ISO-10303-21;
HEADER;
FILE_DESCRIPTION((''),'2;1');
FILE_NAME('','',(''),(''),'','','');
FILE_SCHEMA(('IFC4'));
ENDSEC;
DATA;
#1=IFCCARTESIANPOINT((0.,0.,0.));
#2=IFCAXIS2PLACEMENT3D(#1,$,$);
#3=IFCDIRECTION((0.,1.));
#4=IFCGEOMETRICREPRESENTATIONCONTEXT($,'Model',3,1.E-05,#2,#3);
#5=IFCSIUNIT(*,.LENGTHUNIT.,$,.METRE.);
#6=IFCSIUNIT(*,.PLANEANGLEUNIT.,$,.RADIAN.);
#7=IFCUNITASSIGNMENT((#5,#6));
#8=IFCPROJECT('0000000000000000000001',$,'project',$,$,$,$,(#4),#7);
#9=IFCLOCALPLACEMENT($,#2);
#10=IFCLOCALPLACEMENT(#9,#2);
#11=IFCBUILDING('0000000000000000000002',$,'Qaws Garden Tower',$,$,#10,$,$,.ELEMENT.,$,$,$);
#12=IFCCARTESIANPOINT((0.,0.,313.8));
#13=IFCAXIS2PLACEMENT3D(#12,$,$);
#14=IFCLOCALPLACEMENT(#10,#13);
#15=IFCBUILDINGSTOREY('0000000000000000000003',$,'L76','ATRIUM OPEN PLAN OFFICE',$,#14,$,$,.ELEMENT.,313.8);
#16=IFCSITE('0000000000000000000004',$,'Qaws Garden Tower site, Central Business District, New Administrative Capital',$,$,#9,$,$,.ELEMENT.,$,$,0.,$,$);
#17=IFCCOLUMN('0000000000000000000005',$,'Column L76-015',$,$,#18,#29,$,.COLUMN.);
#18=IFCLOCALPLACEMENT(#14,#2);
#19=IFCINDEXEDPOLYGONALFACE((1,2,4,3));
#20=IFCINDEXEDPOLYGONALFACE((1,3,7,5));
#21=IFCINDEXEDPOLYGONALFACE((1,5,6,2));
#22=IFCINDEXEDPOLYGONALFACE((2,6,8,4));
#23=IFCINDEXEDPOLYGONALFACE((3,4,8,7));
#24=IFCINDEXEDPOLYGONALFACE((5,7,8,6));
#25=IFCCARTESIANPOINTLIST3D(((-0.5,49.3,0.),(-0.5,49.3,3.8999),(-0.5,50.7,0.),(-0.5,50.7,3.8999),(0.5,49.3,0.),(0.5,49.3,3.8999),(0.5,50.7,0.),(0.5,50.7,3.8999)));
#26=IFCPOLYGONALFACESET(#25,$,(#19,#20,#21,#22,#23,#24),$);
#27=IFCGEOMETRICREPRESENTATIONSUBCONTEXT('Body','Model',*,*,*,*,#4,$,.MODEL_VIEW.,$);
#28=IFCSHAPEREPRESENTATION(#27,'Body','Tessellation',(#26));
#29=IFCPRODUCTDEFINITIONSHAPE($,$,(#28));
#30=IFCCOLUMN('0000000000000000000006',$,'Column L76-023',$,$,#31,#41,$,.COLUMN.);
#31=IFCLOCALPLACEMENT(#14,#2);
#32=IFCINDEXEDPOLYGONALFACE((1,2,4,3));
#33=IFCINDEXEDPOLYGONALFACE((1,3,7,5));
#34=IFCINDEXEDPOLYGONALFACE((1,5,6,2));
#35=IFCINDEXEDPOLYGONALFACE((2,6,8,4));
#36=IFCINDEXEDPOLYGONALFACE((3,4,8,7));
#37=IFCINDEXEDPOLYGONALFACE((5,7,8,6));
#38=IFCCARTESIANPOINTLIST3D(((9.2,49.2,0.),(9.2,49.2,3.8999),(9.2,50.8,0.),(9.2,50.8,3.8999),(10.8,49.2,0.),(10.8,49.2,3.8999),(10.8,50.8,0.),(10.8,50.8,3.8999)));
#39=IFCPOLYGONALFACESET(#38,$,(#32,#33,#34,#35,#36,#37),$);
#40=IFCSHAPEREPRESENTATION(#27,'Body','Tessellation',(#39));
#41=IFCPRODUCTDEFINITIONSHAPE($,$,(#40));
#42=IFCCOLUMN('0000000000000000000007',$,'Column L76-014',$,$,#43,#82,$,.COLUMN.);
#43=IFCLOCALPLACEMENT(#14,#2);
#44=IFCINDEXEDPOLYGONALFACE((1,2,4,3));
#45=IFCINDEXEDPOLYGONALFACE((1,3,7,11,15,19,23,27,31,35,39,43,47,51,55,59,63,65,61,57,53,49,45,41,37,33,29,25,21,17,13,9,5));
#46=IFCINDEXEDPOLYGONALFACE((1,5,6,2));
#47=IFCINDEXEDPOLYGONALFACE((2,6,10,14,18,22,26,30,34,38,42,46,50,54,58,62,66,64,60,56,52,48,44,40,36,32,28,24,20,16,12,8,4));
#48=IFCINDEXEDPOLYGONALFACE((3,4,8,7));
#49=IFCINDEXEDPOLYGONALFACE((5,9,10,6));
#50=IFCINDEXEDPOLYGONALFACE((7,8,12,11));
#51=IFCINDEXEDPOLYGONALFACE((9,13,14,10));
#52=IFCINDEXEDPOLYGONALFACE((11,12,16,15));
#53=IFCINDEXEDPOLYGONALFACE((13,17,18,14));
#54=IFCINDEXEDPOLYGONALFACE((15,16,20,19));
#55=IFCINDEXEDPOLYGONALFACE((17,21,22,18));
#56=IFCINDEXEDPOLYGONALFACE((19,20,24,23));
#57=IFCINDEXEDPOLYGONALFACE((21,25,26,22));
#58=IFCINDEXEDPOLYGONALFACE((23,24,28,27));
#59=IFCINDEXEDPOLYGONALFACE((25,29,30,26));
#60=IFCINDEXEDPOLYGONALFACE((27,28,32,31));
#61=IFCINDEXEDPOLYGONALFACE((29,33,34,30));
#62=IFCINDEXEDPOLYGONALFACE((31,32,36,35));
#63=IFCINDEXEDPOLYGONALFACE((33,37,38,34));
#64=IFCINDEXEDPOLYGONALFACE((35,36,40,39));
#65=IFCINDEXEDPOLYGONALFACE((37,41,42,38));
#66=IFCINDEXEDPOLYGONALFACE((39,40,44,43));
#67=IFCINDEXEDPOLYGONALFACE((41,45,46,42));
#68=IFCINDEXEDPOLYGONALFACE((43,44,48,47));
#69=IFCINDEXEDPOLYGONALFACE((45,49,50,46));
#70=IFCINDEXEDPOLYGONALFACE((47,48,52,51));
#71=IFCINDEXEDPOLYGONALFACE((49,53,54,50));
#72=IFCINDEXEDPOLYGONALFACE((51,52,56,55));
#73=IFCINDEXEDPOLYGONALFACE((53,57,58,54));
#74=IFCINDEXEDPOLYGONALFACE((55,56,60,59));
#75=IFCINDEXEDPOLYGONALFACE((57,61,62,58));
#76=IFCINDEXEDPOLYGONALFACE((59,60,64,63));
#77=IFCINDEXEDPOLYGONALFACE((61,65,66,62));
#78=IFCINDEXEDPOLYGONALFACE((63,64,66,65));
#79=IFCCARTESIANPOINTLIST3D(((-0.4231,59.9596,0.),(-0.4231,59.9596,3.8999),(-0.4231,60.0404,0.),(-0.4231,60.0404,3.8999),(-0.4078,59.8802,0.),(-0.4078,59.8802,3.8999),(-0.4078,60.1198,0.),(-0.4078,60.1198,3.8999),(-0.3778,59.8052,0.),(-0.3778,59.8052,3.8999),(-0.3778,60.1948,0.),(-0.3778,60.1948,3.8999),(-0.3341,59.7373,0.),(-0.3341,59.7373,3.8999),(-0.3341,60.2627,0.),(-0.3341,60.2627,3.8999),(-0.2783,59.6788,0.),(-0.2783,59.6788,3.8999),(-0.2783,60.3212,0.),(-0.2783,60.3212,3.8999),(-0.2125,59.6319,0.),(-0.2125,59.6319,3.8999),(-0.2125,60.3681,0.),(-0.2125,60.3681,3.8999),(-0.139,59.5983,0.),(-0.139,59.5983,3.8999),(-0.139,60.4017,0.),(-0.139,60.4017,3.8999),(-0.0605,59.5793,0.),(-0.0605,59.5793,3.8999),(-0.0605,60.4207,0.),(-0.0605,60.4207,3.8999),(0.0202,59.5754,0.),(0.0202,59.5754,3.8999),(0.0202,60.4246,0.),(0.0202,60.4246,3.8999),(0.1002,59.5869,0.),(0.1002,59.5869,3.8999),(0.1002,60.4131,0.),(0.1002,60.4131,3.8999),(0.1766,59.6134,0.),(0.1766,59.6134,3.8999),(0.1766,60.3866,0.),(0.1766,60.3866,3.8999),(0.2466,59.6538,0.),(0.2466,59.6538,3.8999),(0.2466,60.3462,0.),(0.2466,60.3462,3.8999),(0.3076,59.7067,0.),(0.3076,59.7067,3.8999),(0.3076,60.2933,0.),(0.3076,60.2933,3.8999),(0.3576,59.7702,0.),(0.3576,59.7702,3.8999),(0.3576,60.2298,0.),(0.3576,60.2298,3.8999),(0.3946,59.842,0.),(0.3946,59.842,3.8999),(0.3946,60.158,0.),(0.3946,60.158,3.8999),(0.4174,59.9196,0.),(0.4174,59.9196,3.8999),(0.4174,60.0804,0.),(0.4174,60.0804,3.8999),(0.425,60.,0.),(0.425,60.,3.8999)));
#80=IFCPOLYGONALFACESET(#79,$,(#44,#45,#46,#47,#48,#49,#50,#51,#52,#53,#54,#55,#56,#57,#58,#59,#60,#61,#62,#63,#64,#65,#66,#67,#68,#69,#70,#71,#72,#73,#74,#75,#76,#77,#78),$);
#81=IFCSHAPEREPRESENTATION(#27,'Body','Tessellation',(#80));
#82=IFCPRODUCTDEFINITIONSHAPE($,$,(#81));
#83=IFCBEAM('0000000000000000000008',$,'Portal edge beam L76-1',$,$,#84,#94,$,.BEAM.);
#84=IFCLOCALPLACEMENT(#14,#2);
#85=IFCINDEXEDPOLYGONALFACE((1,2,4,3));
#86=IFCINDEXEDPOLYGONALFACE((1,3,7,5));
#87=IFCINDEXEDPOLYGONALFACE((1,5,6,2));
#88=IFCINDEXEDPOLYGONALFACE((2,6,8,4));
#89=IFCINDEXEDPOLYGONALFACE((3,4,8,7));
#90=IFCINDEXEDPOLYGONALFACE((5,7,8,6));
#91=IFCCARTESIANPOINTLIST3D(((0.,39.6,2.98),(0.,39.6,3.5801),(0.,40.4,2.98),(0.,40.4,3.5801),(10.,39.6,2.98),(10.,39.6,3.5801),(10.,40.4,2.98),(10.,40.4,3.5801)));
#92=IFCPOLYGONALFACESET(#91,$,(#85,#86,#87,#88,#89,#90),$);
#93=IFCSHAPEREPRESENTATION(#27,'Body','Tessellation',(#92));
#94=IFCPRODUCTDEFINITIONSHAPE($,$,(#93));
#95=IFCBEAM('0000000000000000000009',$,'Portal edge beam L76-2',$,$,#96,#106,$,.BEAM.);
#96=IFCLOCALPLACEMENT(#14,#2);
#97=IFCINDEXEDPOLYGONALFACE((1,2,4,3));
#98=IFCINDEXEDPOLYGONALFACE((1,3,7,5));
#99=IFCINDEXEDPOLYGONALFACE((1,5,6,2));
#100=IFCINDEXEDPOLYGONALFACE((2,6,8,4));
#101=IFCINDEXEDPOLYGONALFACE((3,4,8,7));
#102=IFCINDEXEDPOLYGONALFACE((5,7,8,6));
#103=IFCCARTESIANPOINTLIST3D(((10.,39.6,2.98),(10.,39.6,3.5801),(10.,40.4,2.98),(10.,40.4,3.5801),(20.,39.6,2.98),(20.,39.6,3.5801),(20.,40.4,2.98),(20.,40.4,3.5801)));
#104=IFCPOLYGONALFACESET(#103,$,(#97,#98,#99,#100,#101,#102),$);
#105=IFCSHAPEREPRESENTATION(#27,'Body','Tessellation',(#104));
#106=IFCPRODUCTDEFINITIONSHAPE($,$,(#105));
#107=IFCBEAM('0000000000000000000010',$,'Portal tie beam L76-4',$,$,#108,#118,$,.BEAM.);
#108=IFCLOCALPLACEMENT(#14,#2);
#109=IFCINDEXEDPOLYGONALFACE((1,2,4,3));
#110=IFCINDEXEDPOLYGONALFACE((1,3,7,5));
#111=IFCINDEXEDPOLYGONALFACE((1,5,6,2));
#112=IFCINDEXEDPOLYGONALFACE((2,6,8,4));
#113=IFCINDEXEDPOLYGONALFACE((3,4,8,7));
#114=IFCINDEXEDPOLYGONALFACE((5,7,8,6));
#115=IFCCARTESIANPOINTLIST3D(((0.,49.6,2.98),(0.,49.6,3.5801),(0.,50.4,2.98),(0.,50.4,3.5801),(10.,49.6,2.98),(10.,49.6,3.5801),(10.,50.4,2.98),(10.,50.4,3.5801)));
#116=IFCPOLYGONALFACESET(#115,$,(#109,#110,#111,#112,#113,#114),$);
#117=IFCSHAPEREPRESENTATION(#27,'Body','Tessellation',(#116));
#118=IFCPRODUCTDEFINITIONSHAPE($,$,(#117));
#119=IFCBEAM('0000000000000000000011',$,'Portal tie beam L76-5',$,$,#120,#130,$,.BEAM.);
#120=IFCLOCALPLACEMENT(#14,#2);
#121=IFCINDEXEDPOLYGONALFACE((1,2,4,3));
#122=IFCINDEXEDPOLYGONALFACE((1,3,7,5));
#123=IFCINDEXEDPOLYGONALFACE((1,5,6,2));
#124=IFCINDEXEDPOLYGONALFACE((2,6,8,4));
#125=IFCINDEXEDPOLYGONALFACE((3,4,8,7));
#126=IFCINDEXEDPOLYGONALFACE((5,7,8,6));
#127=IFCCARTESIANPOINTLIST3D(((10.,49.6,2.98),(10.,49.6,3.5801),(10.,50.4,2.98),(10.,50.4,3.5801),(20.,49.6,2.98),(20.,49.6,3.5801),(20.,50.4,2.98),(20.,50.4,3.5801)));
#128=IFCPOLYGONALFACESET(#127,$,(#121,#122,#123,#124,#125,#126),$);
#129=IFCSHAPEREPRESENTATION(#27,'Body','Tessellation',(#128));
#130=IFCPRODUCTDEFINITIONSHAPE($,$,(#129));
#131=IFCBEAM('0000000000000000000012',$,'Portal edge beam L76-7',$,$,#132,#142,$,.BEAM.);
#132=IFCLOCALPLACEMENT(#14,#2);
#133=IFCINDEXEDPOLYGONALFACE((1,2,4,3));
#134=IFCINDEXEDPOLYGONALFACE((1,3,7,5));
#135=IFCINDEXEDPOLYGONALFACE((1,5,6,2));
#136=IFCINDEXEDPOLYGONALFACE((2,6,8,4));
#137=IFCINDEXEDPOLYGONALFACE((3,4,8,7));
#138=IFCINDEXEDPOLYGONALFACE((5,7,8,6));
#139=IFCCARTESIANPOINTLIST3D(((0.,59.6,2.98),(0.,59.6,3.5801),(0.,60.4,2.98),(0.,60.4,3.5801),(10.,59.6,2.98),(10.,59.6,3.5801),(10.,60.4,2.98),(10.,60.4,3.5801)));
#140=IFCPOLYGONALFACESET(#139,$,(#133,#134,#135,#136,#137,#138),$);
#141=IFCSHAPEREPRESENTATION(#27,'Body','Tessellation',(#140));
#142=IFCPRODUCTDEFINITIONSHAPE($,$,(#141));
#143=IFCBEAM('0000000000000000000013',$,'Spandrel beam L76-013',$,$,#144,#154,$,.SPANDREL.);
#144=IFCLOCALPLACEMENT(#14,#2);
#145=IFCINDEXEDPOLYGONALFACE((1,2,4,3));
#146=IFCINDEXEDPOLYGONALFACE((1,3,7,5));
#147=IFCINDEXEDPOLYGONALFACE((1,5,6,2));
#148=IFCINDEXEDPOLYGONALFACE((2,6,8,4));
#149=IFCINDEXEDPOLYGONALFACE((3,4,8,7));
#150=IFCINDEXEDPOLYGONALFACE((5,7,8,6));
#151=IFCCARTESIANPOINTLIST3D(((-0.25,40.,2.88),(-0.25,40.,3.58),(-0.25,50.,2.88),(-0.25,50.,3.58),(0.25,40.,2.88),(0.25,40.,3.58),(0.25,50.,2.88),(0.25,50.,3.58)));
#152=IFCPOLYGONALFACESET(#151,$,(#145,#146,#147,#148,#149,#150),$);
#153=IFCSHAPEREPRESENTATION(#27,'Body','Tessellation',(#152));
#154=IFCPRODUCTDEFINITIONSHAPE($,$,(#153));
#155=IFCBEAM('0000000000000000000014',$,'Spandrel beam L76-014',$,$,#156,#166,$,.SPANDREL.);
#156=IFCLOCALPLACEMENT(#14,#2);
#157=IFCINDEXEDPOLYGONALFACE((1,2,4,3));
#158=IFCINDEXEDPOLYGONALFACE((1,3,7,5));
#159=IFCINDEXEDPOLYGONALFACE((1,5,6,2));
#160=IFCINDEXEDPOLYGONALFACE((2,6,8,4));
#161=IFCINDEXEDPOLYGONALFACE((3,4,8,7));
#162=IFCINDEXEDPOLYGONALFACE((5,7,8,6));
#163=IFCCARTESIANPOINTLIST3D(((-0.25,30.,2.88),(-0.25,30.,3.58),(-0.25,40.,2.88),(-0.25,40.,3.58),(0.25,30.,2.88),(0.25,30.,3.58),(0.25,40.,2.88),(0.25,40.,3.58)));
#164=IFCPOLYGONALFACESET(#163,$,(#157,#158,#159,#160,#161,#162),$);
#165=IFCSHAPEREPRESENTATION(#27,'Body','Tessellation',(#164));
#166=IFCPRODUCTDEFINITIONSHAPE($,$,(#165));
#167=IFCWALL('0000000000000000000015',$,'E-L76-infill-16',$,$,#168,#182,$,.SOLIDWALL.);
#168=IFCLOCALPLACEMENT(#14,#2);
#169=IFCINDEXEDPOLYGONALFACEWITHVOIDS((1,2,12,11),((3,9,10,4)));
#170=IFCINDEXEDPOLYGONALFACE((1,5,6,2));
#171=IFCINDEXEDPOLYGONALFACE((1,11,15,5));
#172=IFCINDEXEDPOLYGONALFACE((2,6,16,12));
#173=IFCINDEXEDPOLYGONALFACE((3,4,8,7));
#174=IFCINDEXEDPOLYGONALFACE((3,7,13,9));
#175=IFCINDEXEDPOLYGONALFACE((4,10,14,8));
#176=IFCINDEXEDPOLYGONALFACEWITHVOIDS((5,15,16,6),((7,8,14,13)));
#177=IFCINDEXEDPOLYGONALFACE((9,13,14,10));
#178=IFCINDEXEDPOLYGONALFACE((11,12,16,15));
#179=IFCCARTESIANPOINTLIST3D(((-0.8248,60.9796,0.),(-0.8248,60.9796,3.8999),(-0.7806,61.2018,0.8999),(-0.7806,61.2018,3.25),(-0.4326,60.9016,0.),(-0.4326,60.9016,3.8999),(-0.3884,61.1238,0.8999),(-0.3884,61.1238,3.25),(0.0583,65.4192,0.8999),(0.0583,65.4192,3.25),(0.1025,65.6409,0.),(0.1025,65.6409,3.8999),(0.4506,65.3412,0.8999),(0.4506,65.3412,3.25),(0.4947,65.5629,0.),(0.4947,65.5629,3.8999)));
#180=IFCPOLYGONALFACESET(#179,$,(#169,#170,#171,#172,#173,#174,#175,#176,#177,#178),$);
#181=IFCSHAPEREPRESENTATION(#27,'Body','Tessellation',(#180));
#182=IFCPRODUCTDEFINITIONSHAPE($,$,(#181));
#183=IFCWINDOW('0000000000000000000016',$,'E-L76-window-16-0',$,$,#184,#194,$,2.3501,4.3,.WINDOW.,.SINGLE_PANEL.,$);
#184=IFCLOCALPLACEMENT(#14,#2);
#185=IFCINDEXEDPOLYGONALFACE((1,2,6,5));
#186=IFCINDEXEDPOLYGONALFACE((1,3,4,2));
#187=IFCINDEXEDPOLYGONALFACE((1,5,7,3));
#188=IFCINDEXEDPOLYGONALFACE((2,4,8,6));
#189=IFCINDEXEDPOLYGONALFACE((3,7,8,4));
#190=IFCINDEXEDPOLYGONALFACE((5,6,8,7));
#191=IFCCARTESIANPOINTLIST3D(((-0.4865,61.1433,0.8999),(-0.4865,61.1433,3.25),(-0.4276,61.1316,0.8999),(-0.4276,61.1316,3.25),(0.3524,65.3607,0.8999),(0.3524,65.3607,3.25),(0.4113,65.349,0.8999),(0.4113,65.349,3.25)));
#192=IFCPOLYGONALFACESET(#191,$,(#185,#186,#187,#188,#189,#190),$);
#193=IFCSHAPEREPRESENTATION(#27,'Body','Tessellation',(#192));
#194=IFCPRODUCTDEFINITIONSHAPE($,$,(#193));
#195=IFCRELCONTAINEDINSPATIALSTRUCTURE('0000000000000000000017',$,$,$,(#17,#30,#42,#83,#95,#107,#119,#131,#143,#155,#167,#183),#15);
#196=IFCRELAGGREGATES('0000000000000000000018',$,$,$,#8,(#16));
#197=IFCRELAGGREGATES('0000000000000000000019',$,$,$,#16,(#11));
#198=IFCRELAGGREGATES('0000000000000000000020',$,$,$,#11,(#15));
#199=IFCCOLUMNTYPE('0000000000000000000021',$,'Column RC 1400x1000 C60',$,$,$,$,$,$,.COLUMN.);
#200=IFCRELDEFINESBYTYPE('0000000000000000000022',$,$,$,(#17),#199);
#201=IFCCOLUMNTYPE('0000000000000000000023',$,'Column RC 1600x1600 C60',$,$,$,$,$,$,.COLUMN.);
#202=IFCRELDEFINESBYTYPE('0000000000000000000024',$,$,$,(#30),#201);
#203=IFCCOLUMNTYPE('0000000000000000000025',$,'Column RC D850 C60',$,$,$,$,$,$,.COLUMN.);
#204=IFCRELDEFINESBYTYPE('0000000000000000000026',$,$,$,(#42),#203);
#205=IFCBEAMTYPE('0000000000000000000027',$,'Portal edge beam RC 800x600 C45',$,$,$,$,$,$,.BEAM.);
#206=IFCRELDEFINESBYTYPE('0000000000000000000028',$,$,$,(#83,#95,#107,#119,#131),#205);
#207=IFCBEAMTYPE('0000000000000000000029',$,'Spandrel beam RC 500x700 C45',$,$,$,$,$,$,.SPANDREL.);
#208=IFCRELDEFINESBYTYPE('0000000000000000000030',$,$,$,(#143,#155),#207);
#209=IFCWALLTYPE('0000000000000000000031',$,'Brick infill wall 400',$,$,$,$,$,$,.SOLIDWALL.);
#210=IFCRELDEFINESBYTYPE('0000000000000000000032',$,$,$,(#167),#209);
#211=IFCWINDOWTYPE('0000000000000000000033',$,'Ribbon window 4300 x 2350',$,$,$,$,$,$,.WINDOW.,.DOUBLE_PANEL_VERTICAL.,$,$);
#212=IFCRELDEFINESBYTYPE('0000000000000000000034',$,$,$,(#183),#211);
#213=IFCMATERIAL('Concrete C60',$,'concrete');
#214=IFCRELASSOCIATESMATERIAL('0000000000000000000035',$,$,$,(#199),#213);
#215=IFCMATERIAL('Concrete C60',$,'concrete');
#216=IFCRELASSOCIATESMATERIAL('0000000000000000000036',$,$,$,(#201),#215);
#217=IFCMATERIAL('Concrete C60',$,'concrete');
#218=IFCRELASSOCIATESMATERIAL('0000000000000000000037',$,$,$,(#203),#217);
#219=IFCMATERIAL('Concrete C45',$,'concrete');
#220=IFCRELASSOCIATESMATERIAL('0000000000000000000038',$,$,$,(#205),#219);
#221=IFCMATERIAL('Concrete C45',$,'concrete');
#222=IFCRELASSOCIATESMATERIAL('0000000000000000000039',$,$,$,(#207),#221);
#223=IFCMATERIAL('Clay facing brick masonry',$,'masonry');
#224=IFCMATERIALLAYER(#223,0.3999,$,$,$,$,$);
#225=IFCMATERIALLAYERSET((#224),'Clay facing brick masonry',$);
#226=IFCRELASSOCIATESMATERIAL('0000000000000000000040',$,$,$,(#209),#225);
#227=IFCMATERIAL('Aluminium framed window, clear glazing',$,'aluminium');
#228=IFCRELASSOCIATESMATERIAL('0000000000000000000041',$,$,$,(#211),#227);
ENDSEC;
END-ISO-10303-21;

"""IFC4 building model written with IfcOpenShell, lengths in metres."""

from ifc_helpers import new_model, si_unit, direction, frame, frame_2d, origin, origin_2d, place, context, subcontext, project, spatial, rectangle, circle, extrude, material, layer, layer_set, material_profile, profile_set, type_object, element, fill, save


model = new_model("IFC4")

# Units and contexts
model_context = context("Model", 3, precision=1e-05, world=origin(), true_north=direction((0.0, 1.0)))
body_context = subcontext(model_context, "Body", "Model", "MODEL_VIEW")
ifc_project = project(units=[si_unit("LENGTHUNIT", "METRE"), si_unit("PLANEANGLEUNIT", "RADIAN")], contexts=[model_context])

# Site, building, storey
site_placement = place(None, origin())
site = spatial("IfcSite", under=ifc_project, at=site_placement, Name="Qaws Garden Tower site, Central Business District, New Administrative Capital", CompositionType="ELEMENT", RefElevation=0.0)
building_placement = place(site_placement, origin())
building = spatial("IfcBuilding", under=site, at=building_placement, Name="Qaws Garden Tower", CompositionType="ELEMENT")
storey_placement = place(building_placement, frame((0.0, 0.0, 313.8)))
storey = spatial("IfcBuildingStorey", under=building, at=storey_placement, Name="L76", Description="ATRIUM OPEN PLAN OFFICE", CompositionType="ELEMENT", Elevation=313.8)

# Columns
ifc_material_1 = material(Name="Concrete C60", Category="concrete")
ifc_material_profile_1 = material_profile(ifc_material_1, rectangle(XDim=1.3999, YDim=1.0, at=origin_2d()), Name="RC 1400x1000")
ifc_profile_set_1 = profile_set([ifc_material_profile_1], Name="Concrete C60")
column_type_1 = type_object("IfcColumnType", Name="Column RC 1400x1000 C60", PredefinedType="COLUMN", material=ifc_profile_set_1)
column_1_placement = place(storey_placement, frame((0.0, 50.0, 0.0), z_axis=(0.0, 0.0, 1.0), x_axis=(0.0, 1.0, 0.0)))
element("IfcColumn", 1, at=column_1_placement, inside=storey, type_object=column_type_1, Name="Column L76-015", PredefinedType="COLUMN", context=body_context, shape_type="SweptSolid", body=[
    extrude(rectangle(XDim=1.3999, YDim=1.0, at=origin_2d()), origin(), (0.0, 0.0, 1.0), 3.8999),
])
ifc_material_2 = material(Name="Concrete C60", Category="concrete")
ifc_material_profile_2 = material_profile(ifc_material_2, rectangle(XDim=1.6001, YDim=1.6001, at=origin_2d()), Name="RC 1600x1600")
ifc_profile_set_2 = profile_set([ifc_material_profile_2], Name="Concrete C60")
column_type_2 = type_object("IfcColumnType", Name="Column RC 1600x1600 C60", PredefinedType="COLUMN", material=ifc_profile_set_2)
column_2_placement = place(storey_placement, frame((10.0, 50.0, 0.0), z_axis=(0.0, 0.0, 1.0), x_axis=(1.0, 0.0, 0.0)))
element("IfcColumn", 2, at=column_2_placement, inside=storey, type_object=column_type_2, Name="Column L76-023", PredefinedType="COLUMN", context=body_context, shape_type="SweptSolid", body=[
    extrude(rectangle(XDim=1.6001, YDim=1.6001, at=origin_2d()), origin(), (0.0, 0.0, 1.0), 3.8999),
])
ifc_material_3 = material(Name="Concrete C60", Category="concrete")
ifc_material_profile_3 = material_profile(ifc_material_3, circle(Radius=0.425, at=origin_2d()), Name="RC D850")
ifc_profile_set_3 = profile_set([ifc_material_profile_3], Name="Concrete C60")
column_type_3 = type_object("IfcColumnType", Name="Column RC D850 C60", PredefinedType="COLUMN", material=ifc_profile_set_3)
column_3_placement = place(storey_placement, frame((0.0, 60.0, 0.0), z_axis=(0.0, 0.0, 1.0), x_axis=(1.0, 0.0, 0.0)))
element("IfcColumn", 3, at=column_3_placement, inside=storey, type_object=column_type_3, Name="Column L76-014", PredefinedType="COLUMN", context=body_context, shape_type="SweptSolid", body=[
    extrude(circle(Radius=0.425, at=origin_2d()), origin(), (0.0, 0.0, 1.0), 3.8999),
])

# Beams
ifc_material_4 = material(Name="Concrete C45", Category="concrete")
ifc_material_profile_4 = material_profile(ifc_material_4, rectangle(XDim=0.8, YDim=0.6001, at=origin_2d()), Name="RC 800x600")
ifc_profile_set_4 = profile_set([ifc_material_profile_4], Name="Concrete C45")
beam_type_1 = type_object("IfcBeamType", Name="Portal edge beam RC 800x600 C45", PredefinedType="BEAM", material=ifc_profile_set_4)
for number, where, z_axis, x_axis, name in (
    (4, (0.0, 40.0, 3.28), (1.0, 0.0, 0.0), (0.0, 1.0, 0.0), "Portal edge beam L76-1"),
    (5, (10.0, 40.0, 3.28), (1.0, 0.0, 0.0), (0.0, 1.0, 0.0), "Portal edge beam L76-2"),
    (6, (0.0, 50.0, 3.28), (1.0, 0.0, 0.0), (0.0, 1.0, 0.0), "Portal tie beam L76-4"),
    (7, (10.0, 50.0, 3.28), (1.0, 0.0, 0.0), (0.0, 1.0, 0.0), "Portal tie beam L76-5"),
    (8, (0.0, 60.0, 3.28), (1.0, 0.0, 0.0), (0.0, 1.0, 0.0), "Portal edge beam L76-7"),
):
    element("IfcBeam", number, at=place(storey_placement, frame(where, z_axis=z_axis, x_axis=x_axis)), inside=storey, type_object=beam_type_1, Name=name, PredefinedType="BEAM", context=body_context, shape_type="SweptSolid", body=[
        extrude(rectangle(XDim=0.8, YDim=0.6001, at=origin_2d()), origin(), (0.0, 0.0, 1.0), 10.0),
    ])
ifc_material_5 = material(Name="Concrete C45", Category="concrete")
ifc_material_profile_5 = material_profile(ifc_material_5, rectangle(XDim=0.5, YDim=0.7, at=origin_2d()), Name="RC 500x700")
ifc_profile_set_5 = profile_set([ifc_material_profile_5], Name="Concrete C45")
beam_type_2 = type_object("IfcBeamType", Name="Spandrel beam RC 500x700 C45", PredefinedType="SPANDREL", material=ifc_profile_set_5)
for number, where, z_axis, x_axis, name in (
    (9, (0.0, 50.0, 3.23), (0.0, -1.0, 0.0), (1.0, 0.0, 0.0), "Spandrel beam L76-013"),
    (10, (0.0, 40.0, 3.23), (0.0, -1.0, 0.0), (1.0, 0.0, 0.0), "Spandrel beam L76-014"),
):
    element("IfcBeam", number, at=place(storey_placement, frame(where, z_axis=z_axis, x_axis=x_axis)), inside=storey, type_object=beam_type_2, Name=name, PredefinedType="SPANDREL", context=body_context, shape_type="SweptSolid", body=[
        extrude(rectangle(XDim=0.5, YDim=0.7, at=origin_2d()), origin(), (0.0, 0.0, 1.0), 10.0),
    ])

# Wall, opening, window
ifc_material_6 = material(Name="Clay facing brick masonry", Category="masonry")
ifc_layer_1 = layer(ifc_material_6, 0.3999)
ifc_layer_set_1 = layer_set([ifc_layer_1], Name="Clay facing brick masonry")
wall_type_1 = type_object("IfcWallType", Name="Brick infill wall 400", PredefinedType="SOLIDWALL", material=ifc_layer_set_1)
wall_1_placement = place(storey_placement, frame((0.2986, 65.6021, 0.0), z_axis=(0.0, 0.0, 1.0), x_axis=(-0.195099, -0.980784, 0.0)))
wall_1 = element("IfcWall", 11, at=wall_1_placement, inside=storey, type_object=wall_type_1, Name="E-L76-infill-16", PredefinedType="SOLIDWALL", context=body_context, shape_type="SweptSolid", body=[
    extrude(rectangle(XDim=4.7527, YDim=0.3999, at=frame_2d((2.3765, 0.0))), origin(), (0.0, 0.0, 1.0), 3.8999),
])
opening_1_placement = place(wall_1_placement, frame((0.2263, 0.0, 0.8999)))
opening_1 = element("IfcOpeningElement", 12, at=opening_1_placement, cuts=wall_1, PredefinedType="OPENING", context=body_context, shape_type="SweptSolid", body=[
    extrude(rectangle(XDim=4.3, YDim=2.3501, at=frame_2d((2.1499, 1.175))), frame((0.0, 0.21, 0.0), z_axis=(0.0, -1.0, 0.0), x_axis=(1.0, 0.0, 0.0)), (0.0, 0.0, 1.0), 0.4199),
])
ifc_material_7 = material(Name="Aluminium framed window, clear glazing", Category="aluminium")
window_type_1 = type_object("IfcWindowType", Name="Ribbon window 4300 x 2350", PartitioningType="DOUBLE_PANEL_VERTICAL", PredefinedType="WINDOW", material=ifc_material_7)
window_1_placement = place(opening_1_placement, origin())
window_1 = element("IfcWindow", 13, at=window_1_placement, inside=storey, type_object=window_type_1, Name="E-L76-window-16-0", OverallHeight=2.3501, OverallWidth=4.3, PartitioningType="SINGLE_PANEL", PredefinedType="WINDOW", context=body_context, shape_type="SweptSolid", body=[
    extrude(rectangle(XDim=4.3, YDim=2.3501, at=frame_2d((2.1499, 1.175))), frame((0.0, 0.1599, 0.0), z_axis=(0.0, -1.0, 0.0), x_axis=(1.0, 0.0, 0.0)), (0.0, 0.0, 1.0), 0.0601),
])
fill(opening_1, window_1)

save(model, "model.ifc")
